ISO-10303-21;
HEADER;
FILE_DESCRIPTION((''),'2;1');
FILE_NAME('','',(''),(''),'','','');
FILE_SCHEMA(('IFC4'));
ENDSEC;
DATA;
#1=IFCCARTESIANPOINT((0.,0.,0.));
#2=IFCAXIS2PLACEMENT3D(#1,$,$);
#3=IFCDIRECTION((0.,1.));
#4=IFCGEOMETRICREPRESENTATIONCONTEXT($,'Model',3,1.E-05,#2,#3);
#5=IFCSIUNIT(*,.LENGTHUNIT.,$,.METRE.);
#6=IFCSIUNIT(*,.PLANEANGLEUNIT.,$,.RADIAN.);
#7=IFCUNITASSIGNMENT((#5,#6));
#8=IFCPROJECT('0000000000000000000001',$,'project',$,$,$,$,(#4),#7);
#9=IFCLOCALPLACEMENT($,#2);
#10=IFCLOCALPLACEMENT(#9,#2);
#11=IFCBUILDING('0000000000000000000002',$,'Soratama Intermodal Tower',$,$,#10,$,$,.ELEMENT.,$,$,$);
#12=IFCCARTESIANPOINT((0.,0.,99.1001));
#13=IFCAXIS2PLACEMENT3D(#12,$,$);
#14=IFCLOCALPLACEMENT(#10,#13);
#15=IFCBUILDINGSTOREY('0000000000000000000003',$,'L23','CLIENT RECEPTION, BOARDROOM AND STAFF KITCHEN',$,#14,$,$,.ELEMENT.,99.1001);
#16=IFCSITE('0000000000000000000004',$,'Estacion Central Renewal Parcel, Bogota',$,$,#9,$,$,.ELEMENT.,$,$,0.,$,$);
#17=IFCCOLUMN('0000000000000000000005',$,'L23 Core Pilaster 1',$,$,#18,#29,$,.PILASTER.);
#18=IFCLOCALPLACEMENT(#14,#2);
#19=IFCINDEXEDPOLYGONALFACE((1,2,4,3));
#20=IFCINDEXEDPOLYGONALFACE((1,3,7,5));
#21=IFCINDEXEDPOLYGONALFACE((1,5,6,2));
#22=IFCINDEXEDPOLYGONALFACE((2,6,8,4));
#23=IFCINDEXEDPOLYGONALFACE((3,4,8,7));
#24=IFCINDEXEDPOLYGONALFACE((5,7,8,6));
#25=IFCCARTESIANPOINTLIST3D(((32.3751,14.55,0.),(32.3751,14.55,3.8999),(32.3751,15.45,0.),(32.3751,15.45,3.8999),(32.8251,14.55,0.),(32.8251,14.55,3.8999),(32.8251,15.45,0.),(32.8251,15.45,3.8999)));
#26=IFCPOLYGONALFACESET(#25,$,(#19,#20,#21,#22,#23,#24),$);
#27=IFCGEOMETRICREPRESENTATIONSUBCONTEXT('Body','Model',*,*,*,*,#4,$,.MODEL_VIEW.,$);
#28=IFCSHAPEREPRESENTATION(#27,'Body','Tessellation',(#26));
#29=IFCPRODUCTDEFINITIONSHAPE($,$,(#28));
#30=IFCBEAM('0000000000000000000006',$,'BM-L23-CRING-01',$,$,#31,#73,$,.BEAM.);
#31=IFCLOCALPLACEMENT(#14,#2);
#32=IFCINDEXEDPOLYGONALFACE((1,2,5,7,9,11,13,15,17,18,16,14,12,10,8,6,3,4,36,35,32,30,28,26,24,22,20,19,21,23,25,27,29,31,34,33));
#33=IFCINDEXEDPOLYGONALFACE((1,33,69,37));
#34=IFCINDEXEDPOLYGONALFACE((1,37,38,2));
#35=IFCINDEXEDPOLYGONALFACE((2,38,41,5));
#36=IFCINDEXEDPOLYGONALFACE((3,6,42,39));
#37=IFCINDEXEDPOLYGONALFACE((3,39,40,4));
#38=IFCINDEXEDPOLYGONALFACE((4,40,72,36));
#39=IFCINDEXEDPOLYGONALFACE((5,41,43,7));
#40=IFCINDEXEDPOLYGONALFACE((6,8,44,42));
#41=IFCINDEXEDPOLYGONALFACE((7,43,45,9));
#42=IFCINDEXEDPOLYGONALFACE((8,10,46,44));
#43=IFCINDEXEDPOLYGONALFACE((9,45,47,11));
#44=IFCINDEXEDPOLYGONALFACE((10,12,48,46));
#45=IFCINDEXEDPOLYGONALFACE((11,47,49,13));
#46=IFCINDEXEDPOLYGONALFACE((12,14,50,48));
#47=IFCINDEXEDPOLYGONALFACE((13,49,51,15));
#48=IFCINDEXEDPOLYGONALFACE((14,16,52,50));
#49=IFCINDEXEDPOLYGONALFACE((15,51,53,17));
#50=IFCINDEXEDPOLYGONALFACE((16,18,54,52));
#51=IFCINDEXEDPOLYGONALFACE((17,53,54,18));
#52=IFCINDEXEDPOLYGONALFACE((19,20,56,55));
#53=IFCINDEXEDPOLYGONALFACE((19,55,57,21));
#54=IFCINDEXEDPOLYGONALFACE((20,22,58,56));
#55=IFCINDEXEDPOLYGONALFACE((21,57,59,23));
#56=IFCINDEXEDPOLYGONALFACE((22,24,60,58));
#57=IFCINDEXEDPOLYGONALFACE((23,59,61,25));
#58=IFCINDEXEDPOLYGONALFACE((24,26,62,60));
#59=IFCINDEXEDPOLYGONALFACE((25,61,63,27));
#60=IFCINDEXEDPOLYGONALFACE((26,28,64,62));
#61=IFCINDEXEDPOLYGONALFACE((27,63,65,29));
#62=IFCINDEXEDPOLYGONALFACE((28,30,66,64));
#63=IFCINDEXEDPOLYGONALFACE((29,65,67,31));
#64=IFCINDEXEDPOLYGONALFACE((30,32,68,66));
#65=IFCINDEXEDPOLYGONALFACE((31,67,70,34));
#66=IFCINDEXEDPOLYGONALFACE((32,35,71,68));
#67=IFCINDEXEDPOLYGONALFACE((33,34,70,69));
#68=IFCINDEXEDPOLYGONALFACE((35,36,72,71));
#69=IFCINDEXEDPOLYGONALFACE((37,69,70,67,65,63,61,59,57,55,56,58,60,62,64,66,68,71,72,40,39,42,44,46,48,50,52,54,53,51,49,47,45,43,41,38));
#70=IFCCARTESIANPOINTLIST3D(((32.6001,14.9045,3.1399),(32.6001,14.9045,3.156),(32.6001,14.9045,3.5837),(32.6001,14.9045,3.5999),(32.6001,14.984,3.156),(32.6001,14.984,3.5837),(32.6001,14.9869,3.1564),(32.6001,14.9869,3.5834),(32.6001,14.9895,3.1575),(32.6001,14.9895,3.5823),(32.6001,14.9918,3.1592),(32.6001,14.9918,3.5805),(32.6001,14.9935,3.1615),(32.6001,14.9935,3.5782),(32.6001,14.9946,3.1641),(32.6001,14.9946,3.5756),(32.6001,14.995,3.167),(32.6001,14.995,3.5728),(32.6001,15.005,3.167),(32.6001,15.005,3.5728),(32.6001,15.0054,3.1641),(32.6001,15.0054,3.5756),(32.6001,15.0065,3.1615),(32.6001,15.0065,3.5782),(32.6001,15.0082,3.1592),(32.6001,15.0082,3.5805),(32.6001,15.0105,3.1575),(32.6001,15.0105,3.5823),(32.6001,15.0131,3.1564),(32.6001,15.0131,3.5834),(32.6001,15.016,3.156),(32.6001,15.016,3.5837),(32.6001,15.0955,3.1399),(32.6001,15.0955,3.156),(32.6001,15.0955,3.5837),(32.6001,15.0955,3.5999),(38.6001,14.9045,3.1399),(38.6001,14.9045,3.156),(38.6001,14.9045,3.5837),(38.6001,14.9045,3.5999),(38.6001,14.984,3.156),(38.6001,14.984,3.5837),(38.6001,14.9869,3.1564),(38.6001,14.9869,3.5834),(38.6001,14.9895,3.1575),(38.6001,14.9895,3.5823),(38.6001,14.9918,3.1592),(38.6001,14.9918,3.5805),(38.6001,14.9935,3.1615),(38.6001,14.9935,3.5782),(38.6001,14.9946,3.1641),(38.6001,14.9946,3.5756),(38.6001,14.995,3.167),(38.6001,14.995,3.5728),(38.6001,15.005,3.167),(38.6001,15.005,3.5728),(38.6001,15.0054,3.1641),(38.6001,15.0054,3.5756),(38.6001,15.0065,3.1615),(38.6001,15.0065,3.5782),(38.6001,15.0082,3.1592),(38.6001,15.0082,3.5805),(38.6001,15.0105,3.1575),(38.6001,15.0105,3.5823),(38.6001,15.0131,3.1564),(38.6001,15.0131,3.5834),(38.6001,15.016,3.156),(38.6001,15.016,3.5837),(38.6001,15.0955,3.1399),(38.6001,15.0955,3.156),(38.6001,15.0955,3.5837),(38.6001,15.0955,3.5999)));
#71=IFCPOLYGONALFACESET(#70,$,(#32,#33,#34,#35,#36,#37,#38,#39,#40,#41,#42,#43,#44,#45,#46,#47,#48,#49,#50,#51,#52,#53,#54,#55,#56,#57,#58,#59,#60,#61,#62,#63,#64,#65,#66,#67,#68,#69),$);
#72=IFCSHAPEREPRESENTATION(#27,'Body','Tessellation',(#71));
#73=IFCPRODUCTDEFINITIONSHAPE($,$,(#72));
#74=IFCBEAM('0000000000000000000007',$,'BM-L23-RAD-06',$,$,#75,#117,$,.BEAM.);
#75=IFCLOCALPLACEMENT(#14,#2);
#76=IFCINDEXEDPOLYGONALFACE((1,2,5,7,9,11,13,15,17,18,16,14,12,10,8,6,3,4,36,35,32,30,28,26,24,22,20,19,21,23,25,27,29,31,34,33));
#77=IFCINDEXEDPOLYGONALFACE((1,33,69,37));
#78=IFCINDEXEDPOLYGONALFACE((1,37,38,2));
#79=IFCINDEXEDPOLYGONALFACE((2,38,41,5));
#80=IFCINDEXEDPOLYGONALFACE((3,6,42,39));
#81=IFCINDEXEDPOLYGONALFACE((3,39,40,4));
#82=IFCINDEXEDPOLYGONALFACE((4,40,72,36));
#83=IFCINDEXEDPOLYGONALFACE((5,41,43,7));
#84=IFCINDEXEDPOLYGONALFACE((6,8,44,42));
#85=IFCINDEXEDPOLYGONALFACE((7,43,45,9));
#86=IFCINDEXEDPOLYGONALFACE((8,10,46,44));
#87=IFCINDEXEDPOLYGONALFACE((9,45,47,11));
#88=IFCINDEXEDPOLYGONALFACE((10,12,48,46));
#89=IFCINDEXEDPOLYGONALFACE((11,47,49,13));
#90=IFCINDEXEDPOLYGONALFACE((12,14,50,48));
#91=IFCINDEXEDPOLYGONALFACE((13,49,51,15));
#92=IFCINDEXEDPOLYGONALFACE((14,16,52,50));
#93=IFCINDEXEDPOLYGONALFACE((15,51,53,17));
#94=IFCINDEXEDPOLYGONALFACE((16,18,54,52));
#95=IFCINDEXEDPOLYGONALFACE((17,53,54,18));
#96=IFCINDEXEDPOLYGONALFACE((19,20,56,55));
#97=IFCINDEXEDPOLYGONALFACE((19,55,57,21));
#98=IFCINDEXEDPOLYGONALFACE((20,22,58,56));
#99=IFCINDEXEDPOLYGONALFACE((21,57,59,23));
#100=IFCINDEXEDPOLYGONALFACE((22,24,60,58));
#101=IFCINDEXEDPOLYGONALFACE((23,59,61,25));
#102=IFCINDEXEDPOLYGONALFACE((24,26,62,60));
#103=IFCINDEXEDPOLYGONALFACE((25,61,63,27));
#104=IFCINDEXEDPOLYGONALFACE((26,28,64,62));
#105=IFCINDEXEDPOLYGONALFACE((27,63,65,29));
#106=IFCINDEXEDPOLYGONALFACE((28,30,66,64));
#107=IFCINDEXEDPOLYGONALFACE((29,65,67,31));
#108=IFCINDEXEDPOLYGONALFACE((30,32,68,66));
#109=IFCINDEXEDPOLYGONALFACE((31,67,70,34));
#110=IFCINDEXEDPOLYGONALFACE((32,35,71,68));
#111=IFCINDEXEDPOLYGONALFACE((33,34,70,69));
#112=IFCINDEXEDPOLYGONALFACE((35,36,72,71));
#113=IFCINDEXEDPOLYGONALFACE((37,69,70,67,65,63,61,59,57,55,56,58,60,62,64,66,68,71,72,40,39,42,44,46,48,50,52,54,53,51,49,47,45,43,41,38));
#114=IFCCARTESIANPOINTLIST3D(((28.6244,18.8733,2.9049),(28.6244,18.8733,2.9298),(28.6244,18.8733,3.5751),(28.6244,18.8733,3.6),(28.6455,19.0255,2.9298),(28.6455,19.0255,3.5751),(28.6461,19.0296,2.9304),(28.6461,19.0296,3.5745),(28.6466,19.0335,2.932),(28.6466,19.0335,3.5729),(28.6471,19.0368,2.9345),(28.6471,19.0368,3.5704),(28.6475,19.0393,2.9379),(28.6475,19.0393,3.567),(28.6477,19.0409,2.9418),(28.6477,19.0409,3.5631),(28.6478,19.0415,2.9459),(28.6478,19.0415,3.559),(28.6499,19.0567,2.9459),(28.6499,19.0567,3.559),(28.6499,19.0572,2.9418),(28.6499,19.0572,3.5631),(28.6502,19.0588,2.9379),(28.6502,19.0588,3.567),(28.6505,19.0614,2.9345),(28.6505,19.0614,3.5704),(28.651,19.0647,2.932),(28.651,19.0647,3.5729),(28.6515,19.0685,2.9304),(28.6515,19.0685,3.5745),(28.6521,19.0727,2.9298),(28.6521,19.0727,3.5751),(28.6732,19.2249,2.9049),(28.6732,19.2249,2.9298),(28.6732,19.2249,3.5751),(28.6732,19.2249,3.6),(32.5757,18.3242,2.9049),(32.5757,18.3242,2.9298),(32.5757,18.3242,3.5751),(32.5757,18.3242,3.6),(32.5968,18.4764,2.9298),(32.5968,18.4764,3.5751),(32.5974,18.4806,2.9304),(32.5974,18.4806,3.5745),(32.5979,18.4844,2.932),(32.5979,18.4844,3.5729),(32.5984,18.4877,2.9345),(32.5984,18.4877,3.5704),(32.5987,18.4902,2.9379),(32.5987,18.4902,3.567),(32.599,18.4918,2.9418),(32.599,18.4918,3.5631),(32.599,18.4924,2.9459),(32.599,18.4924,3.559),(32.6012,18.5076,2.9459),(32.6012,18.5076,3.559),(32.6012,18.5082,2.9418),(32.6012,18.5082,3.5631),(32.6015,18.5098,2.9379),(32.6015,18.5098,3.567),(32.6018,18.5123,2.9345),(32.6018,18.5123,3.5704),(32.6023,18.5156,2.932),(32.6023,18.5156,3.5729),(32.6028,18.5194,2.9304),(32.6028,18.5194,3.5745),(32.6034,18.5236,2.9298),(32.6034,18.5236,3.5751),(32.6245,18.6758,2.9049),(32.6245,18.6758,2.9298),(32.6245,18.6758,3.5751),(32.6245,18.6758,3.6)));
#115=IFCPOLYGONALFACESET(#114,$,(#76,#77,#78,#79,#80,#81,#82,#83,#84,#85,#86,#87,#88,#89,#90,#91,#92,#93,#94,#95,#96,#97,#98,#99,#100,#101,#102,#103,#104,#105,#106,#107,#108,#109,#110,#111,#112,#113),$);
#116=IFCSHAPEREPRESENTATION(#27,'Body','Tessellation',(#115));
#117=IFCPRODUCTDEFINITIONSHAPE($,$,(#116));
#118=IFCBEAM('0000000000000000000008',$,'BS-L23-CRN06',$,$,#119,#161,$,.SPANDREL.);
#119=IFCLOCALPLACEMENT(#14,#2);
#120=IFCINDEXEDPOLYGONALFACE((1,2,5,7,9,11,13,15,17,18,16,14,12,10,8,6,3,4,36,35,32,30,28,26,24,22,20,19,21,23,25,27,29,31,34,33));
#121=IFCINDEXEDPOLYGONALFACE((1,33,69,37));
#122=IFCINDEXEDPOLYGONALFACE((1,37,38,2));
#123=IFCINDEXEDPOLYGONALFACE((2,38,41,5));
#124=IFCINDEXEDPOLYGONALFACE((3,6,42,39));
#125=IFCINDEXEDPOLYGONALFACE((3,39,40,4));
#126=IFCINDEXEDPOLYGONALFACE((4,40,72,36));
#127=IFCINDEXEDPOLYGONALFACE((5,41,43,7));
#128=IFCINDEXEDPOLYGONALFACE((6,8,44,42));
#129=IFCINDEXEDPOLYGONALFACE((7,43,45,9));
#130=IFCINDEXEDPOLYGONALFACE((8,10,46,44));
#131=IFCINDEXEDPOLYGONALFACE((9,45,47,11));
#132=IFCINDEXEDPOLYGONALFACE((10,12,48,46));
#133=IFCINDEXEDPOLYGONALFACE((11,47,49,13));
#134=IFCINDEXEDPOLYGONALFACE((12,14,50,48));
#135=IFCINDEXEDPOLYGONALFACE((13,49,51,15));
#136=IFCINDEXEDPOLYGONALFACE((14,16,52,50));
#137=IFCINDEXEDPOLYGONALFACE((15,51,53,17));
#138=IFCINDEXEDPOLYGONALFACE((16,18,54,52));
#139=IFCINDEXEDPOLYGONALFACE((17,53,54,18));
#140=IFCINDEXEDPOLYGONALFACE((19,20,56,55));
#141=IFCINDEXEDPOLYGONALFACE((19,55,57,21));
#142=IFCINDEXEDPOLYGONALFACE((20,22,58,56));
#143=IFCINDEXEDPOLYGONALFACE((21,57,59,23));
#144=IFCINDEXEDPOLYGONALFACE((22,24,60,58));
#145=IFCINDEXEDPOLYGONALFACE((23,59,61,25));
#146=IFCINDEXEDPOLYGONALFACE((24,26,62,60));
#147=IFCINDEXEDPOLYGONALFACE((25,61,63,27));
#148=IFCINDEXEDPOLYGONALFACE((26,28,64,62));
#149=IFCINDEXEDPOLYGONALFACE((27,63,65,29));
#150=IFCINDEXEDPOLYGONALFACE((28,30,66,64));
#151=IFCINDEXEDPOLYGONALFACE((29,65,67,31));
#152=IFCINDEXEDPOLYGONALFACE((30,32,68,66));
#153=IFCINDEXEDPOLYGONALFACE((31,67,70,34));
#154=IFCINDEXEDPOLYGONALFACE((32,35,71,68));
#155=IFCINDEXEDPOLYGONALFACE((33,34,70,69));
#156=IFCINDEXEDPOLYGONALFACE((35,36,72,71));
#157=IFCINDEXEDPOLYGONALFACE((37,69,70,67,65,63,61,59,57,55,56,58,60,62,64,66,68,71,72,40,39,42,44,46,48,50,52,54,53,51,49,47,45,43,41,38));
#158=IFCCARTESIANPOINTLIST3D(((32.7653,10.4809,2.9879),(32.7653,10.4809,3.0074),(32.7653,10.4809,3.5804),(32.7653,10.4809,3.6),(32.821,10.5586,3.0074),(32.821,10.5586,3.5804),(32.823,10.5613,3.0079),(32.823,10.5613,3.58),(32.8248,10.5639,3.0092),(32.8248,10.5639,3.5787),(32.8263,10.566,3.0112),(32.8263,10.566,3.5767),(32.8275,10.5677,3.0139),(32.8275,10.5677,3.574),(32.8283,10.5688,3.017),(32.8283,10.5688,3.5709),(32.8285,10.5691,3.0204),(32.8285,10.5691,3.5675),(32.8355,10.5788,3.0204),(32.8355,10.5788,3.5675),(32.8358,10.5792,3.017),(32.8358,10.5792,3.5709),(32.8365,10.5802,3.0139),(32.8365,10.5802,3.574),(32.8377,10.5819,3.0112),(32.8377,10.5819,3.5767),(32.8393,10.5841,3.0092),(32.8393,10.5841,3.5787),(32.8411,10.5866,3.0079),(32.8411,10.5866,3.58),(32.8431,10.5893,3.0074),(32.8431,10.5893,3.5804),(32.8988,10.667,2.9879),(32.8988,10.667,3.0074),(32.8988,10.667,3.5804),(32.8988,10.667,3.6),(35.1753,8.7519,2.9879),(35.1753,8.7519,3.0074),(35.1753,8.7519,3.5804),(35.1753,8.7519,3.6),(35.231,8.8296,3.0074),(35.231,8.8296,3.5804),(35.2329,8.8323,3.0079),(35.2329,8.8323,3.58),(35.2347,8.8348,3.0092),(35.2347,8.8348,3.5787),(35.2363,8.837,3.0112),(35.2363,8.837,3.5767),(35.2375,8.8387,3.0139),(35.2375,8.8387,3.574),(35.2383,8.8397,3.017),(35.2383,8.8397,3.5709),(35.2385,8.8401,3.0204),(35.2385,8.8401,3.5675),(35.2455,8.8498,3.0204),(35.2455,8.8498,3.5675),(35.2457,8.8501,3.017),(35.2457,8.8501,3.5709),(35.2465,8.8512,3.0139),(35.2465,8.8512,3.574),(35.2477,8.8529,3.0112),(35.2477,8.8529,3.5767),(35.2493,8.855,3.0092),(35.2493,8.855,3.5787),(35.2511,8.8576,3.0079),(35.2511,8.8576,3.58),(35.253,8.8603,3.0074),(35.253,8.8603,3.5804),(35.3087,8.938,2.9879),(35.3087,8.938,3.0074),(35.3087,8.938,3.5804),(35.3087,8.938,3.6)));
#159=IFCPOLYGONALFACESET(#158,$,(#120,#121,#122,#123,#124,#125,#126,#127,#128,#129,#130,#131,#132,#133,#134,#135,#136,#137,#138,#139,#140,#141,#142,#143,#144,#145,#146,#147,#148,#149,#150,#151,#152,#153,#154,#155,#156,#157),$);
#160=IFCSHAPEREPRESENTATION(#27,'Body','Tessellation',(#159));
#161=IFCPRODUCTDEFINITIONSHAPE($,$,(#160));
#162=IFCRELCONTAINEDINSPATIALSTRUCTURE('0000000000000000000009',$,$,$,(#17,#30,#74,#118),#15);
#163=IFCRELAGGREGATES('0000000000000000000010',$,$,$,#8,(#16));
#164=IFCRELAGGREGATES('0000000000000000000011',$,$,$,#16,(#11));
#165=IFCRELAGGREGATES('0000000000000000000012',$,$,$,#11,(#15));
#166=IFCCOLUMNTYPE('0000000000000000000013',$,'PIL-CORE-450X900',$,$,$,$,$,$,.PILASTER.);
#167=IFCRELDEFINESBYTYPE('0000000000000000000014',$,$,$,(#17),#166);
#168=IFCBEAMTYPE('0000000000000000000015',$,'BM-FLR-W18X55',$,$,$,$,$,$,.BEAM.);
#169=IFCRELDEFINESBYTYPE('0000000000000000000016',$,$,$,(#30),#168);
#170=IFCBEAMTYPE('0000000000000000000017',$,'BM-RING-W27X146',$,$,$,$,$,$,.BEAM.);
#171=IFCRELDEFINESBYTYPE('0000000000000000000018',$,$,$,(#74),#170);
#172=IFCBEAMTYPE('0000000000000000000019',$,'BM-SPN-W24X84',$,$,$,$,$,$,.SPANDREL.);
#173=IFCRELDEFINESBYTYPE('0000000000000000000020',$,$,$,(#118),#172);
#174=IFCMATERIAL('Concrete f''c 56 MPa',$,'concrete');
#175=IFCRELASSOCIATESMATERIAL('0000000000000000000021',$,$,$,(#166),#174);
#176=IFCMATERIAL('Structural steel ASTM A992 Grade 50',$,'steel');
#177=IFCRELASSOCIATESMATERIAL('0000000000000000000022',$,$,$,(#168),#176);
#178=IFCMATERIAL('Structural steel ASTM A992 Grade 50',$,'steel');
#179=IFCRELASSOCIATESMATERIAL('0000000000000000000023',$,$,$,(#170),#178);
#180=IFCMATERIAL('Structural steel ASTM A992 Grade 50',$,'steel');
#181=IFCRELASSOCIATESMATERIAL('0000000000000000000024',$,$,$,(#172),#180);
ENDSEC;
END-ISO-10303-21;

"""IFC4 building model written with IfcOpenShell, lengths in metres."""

from ifc_helpers import new_model, si_unit, direction, frame, origin, origin_2d, place, context, subcontext, project, spatial, rectangle, i_section, extrude, material, material_profile, profile_set, type_object, element, save


model = new_model("IFC4")

# Units and contexts
model_context = context("Model", 3, precision=1e-05, world=origin(), true_north=direction((0.0, 1.0)))
body_context = subcontext(model_context, "Body", "Model", "MODEL_VIEW")
ifc_project = project(units=[si_unit("LENGTHUNIT", "METRE"), si_unit("PLANEANGLEUNIT", "RADIAN")], contexts=[model_context])

# Site, building, storey
site_placement = place(None, origin())
site = spatial("IfcSite", under=ifc_project, at=site_placement, Name="Estacion Central Renewal Parcel, Bogota", CompositionType="ELEMENT", RefElevation=0.0)
building_placement = place(site_placement, origin())
building = spatial("IfcBuilding", under=site, at=building_placement, Name="Soratama Intermodal Tower", CompositionType="ELEMENT")
storey_placement = place(building_placement, frame((0.0, 0.0, 99.1001)))
storey = spatial("IfcBuildingStorey", under=building, at=storey_placement, Name="L23", Description="CLIENT RECEPTION, BOARDROOM AND STAFF KITCHEN", CompositionType="ELEMENT", Elevation=99.1001)

# Column
ifc_material_1 = material(Name="Concrete f'c 56 MPa", Category="concrete")
ifc_material_profile_1 = material_profile(ifc_material_1, rectangle(XDim=0.45, YDim=0.8999, at=origin_2d()), Name="RC450X900")
ifc_profile_set_1 = profile_set([ifc_material_profile_1], Name="Concrete f'c 56 MPa")
column_type = type_object("IfcColumnType", Name="PIL-CORE-450X900", PredefinedType="PILASTER", material=ifc_profile_set_1)
column_placement = place(storey_placement, frame((32.6001, 15.0, 0.0), z_axis=(0.0, 0.0, 1.0), x_axis=(1.0, 0.0, 0.0)))
element("IfcColumn", 1, at=column_placement, inside=storey, type_object=column_type, Name="L23 Core Pilaster 1", PredefinedType="PILASTER", context=body_context, shape_type="SweptSolid", body=[
    extrude(rectangle(XDim=0.45, YDim=0.8999, at=origin_2d()), origin(), (0.0, 0.0, 1.0), 3.8999),
])

# Beams
ifc_material_2 = material(Name="Structural steel ASTM A992 Grade 50", Category="steel")
ifc_material_profile_2 = material_profile(ifc_material_2, i_section(OverallWidth=0.1909, OverallDepth=0.46, WebThickness=0.01, FlangeThickness=0.0161, FilletRadius=0.011, at=origin_2d()), Name="W18X55")
ifc_profile_set_2 = profile_set([ifc_material_profile_2], Name="Structural steel ASTM A992 Grade 50")
beam_type_1 = type_object("IfcBeamType", Name="BM-FLR-W18X55", PredefinedType="BEAM", material=ifc_profile_set_2)
beam_1_placement = place(storey_placement, frame((32.6001, 15.0, 3.3699), z_axis=(1.0, 0.0, 0.0), x_axis=(0.0, 1.0, 0.0)))
element("IfcBeam", 2, at=beam_1_placement, inside=storey, type_object=beam_type_1, Name="BM-L23-CRING-01", PredefinedType="BEAM", context=body_context, shape_type="SweptSolid", body=[
    extrude(i_section(OverallWidth=0.1909, OverallDepth=0.46, WebThickness=0.01, FlangeThickness=0.0161, FilletRadius=0.011, at=origin_2d()), origin(), (0.0, 0.0, 1.0), 6.0),
])
ifc_material_3 = material(Name="Structural steel ASTM A992 Grade 50", Category="steel")
ifc_material_profile_3 = material_profile(ifc_material_3, i_section(OverallWidth=0.355, OverallDepth=0.6951, WebThickness=0.0154, FlangeThickness=0.0249, FilletRadius=0.0161, at=origin_2d()), Name="W27X146")
ifc_profile_set_3 = profile_set([ifc_material_profile_3], Name="Structural steel ASTM A992 Grade 50")
beam_type_2 = type_object("IfcBeamType", Name="BM-RING-W27X146", PredefinedType="BEAM", material=ifc_profile_set_3)
beam_2_placement = place(storey_placement, frame((32.6001, 18.5, 3.2524), z_axis=(-0.990482, 0.137642, 0.0), x_axis=(-0.137642, -0.990482, 0.0)))
element("IfcBeam", 3, at=beam_2_placement, inside=storey, type_object=beam_type_2, Name="BM-L23-RAD-06", PredefinedType="BEAM", context=body_context, shape_type="SweptSolid", body=[
    extrude(i_section(OverallWidth=0.355, OverallDepth=0.6951, WebThickness=0.0154, FlangeThickness=0.0249, FilletRadius=0.0161, at=origin_2d()), origin(), (0.0, 0.0, 1.0), 3.9893),
])
ifc_material_4 = material(Name="Structural steel ASTM A992 Grade 50", Category="steel")
ifc_material_profile_4 = material_profile(ifc_material_4, i_section(OverallWidth=0.229, OverallDepth=0.6121, WebThickness=0.012, FlangeThickness=0.0195, FilletRadius=0.0129, at=origin_2d()), Name="W24X84")
ifc_profile_set_4 = profile_set([ifc_material_profile_4], Name="Structural steel ASTM A992 Grade 50")
beam_type_3 = type_object("IfcBeamType", Name="BM-SPN-W24X84", PredefinedType="SPANDREL", material=ifc_profile_set_4)
beam_3_placement = place(storey_placement, frame((32.832, 10.574, 3.2939), z_axis=(0.812514, -0.582942, 0.0), x_axis=(0.582942, 0.812514, 0.0)))
element("IfcBeam", 4, at=beam_3_placement, inside=storey, type_object=beam_type_3, Name="BS-L23-CRN06", PredefinedType="SPANDREL", context=body_context, shape_type="SweptSolid", body=[
    extrude(i_section(OverallWidth=0.229, OverallDepth=0.6121, WebThickness=0.012, FlangeThickness=0.0195, FilletRadius=0.0129, at=origin_2d()), origin(), (0.0, 0.0, 1.0), 2.9661),
])

save(model, "model.ifc")
